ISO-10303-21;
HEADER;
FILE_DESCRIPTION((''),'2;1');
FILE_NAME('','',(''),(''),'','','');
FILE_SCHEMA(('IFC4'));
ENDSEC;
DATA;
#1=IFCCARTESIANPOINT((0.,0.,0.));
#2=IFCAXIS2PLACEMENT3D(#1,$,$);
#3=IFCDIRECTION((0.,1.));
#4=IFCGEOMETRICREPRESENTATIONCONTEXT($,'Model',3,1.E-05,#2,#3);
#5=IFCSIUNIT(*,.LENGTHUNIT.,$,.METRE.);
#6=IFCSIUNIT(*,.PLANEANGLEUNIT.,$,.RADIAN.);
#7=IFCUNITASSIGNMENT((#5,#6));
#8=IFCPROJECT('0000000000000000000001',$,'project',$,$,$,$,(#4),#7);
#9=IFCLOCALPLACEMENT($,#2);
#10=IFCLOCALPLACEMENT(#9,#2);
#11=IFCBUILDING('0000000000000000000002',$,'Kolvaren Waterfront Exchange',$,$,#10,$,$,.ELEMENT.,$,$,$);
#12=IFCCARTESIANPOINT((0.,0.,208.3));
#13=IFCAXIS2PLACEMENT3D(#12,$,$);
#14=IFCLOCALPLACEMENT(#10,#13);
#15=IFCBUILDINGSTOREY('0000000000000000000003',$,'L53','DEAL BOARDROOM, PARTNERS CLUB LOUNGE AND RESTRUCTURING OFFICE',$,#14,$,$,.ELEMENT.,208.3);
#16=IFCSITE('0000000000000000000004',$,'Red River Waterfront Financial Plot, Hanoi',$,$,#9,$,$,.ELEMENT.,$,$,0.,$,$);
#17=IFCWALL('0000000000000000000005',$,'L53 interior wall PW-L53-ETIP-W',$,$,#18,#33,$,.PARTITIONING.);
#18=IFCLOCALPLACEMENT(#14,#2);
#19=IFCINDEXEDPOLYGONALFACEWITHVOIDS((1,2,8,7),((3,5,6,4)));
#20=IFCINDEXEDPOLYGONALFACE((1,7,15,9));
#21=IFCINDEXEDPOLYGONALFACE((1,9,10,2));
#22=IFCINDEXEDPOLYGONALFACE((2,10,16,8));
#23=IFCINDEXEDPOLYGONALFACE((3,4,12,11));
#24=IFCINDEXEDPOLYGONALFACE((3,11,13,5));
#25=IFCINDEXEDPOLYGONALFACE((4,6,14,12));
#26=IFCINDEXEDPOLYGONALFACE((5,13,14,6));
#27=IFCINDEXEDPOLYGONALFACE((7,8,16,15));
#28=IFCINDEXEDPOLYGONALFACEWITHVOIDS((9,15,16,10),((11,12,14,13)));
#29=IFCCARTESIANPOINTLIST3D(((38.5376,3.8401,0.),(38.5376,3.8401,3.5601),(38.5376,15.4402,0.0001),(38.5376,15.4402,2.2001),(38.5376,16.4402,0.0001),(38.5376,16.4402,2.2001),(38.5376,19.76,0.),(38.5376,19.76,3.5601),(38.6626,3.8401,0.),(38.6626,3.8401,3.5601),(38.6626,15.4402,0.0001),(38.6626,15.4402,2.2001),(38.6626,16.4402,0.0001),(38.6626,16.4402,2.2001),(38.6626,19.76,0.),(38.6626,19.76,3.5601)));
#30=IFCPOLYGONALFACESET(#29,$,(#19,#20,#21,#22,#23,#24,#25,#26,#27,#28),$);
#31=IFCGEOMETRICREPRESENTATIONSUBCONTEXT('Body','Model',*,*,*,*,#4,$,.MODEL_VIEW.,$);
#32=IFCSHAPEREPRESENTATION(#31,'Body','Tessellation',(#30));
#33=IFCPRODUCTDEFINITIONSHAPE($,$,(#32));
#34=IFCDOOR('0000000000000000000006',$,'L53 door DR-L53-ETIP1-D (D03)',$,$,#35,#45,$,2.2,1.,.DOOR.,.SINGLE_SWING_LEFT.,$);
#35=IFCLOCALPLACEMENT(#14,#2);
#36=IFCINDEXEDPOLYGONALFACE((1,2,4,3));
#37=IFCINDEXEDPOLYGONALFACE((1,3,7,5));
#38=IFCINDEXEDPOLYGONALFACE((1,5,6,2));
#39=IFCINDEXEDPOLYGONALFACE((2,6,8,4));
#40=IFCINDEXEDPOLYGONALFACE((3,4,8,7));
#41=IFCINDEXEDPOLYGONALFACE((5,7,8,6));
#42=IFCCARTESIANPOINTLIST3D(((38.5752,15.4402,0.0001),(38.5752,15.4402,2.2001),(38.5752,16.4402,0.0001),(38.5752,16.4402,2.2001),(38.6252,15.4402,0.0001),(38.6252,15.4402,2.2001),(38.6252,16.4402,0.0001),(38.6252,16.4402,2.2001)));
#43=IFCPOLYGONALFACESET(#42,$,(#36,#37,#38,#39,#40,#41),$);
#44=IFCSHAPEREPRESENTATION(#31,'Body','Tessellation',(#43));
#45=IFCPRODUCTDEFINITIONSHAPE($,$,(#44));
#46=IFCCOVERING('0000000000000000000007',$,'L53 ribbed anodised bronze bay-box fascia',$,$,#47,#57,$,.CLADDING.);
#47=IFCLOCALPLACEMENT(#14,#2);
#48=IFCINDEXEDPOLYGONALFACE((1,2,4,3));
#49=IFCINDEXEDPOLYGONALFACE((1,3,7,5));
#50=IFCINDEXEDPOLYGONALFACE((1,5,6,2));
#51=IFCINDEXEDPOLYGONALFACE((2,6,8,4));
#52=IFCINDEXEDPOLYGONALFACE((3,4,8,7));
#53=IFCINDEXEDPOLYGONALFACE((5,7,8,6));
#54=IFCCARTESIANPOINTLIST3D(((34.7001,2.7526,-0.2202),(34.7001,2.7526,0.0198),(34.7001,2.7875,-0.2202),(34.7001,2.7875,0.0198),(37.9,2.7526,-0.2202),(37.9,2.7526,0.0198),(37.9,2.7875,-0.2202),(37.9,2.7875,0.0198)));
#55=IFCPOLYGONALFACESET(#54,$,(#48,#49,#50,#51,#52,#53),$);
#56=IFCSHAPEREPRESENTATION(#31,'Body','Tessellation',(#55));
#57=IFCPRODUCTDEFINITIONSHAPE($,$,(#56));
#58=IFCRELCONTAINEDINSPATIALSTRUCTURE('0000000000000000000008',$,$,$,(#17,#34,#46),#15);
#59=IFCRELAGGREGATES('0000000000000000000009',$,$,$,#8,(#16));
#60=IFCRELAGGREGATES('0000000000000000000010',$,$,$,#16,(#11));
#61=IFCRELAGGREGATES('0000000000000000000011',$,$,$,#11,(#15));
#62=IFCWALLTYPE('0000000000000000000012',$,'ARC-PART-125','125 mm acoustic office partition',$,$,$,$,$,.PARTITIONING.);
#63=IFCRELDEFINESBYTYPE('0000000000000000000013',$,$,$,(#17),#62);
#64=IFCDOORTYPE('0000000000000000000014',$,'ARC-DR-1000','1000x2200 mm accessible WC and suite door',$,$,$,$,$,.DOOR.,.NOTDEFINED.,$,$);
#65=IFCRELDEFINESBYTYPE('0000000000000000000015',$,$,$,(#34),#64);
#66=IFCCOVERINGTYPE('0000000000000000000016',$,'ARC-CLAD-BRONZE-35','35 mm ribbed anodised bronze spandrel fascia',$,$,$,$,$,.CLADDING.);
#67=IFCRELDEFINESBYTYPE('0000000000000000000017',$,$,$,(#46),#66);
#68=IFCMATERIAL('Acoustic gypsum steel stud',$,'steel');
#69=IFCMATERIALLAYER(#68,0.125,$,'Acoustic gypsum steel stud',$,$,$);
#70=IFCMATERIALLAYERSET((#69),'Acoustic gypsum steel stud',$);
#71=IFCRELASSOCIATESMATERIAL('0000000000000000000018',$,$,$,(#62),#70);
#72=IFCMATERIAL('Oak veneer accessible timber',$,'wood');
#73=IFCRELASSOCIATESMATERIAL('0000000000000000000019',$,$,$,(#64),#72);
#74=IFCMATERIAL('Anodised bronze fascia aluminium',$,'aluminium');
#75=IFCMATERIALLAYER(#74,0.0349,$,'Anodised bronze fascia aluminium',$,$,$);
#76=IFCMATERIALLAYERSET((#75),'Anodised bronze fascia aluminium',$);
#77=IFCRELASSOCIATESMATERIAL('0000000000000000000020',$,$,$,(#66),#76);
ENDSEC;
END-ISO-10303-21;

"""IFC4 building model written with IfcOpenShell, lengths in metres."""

from ifc_helpers import new_model, si_unit, direction, frame, frame_2d, origin, origin_2d, place, context, subcontext, project, spatial, rectangle, extrude, material, layer, layer_set, type_object, element, fill, save


model = new_model("IFC4")

# Units and contexts
model_context = context("Model", 3, precision=1e-05, world=origin(), true_north=direction((0.0, 1.0)))
body_context = subcontext(model_context, "Body", "Model", "MODEL_VIEW")
ifc_project = project(units=[si_unit("LENGTHUNIT", "METRE"), si_unit("PLANEANGLEUNIT", "RADIAN")], contexts=[model_context])

# Site, building, storey
site_placement = place(None, origin())
site = spatial("IfcSite", under=ifc_project, at=site_placement, Name="Red River Waterfront Financial Plot, Hanoi", CompositionType="ELEMENT", RefElevation=0.0)
building_placement = place(site_placement, origin())
building = spatial("IfcBuilding", under=site, at=building_placement, Name="Kolvaren Waterfront Exchange", CompositionType="ELEMENT")
storey_placement = place(building_placement, frame((0.0, 0.0, 208.3)))
storey = spatial("IfcBuildingStorey", under=building, at=storey_placement, Name="L53", Description="DEAL BOARDROOM, PARTNERS CLUB LOUNGE AND RESTRUCTURING OFFICE", CompositionType="ELEMENT", Elevation=208.3)

# Wall, opening, door
ifc_material_1 = material(Name="Acoustic gypsum steel stud", Category="steel")
ifc_layer_1 = layer(ifc_material_1, 0.125, Name="Acoustic gypsum steel stud")
ifc_layer_set_1 = layer_set([ifc_layer_1], Name="Acoustic gypsum steel stud")
wall_type_1 = type_object("IfcWallType", Name="ARC-PART-125", Description="125 mm acoustic office partition", PredefinedType="PARTITIONING", material=ifc_layer_set_1)
wall_1_placement = place(storey_placement, frame((38.6001, 3.8401, 0.0), z_axis=(0.0, 0.0, 1.0), x_axis=(0.0, 1.0, 0.0)))
wall_1 = element("IfcWall", 1, at=wall_1_placement, inside=storey, type_object=wall_type_1, Name="L53 interior wall PW-L53-ETIP-W", PredefinedType="PARTITIONING", context=body_context, shape_type="SweptSolid", body=[
    extrude(rectangle(XDim=15.9199, YDim=0.125, at=frame_2d((7.96, 0.0))), origin(), (0.0, 0.0, 1.0), 3.5601),
])
opening_placement = place(wall_1_placement, frame((11.6001, 0.0, 0.0)))
opening = element("IfcOpeningElement", 2, at=opening_placement, cuts=wall_1, PredefinedType="OPENING", context=body_context, shape_type="SweptSolid", body=[
    extrude(rectangle(XDim=1.0, YDim=2.2, at=frame_2d((0.5, 1.1001))), frame((0.0, 0.0725, 0.0), z_axis=(0.0, -1.0, 0.0), x_axis=(1.0, 0.0, 0.0)), (0.0, 0.0, 1.0), 0.145),
])
ifc_material_2 = material(Name="Oak veneer accessible timber", Category="wood")
door_type = type_object("IfcDoorType", Name="ARC-DR-1000", Description="1000x2200 mm accessible WC and suite door", OperationType="NOTDEFINED", PredefinedType="DOOR", material=ifc_material_2)
door_placement = place(opening_placement, origin())
door = element("IfcDoor", 3, at=door_placement, inside=storey, type_object=door_type, Name="L53 door DR-L53-ETIP1-D (D03)", OperationType="SINGLE_SWING_LEFT", OverallHeight=2.2, OverallWidth=1.0, PredefinedType="DOOR", context=body_context, shape_type="SweptSolid", body=[
    extrude(rectangle(XDim=1.0, YDim=2.2, at=frame_2d((0.5, 1.1001))), frame((0.0, 0.0249, 0.0), z_axis=(0.0, -1.0, 0.0), x_axis=(1.0, 0.0, 0.0)), (0.0, 0.0, 1.0), 0.05),
])
fill(opening, door)

# Covering
ifc_material_3 = material(Name="Anodised bronze fascia aluminium", Category="aluminium")
ifc_layer_2 = layer(ifc_material_3, 0.0349, Name="Anodised bronze fascia aluminium")
ifc_layer_set_2 = layer_set([ifc_layer_2], Name="Anodised bronze fascia aluminium")
covering_type = type_object("IfcCoveringType", Name="ARC-CLAD-BRONZE-35", Description="35 mm ribbed anodised bronze spandrel fascia", PredefinedType="CLADDING", material=ifc_layer_set_2)
covering_placement = place(storey_placement, frame((36.3, 2.77, -0.2202), z_axis=(0.0, 0.0, 1.0), x_axis=(1.0, 0.0, 0.0)))
element("IfcCovering", 4, at=covering_placement, inside=storey, type_object=covering_type, Name="L53 ribbed anodised bronze bay-box fascia", PredefinedType="CLADDING", context=body_context, shape_type="SweptSolid", body=[
    extrude(rectangle(XDim=3.2, YDim=0.0349, at=origin_2d()), origin(), (0.0, 0.0, 1.0), 0.24),
])

save(model, "model.ifc")
